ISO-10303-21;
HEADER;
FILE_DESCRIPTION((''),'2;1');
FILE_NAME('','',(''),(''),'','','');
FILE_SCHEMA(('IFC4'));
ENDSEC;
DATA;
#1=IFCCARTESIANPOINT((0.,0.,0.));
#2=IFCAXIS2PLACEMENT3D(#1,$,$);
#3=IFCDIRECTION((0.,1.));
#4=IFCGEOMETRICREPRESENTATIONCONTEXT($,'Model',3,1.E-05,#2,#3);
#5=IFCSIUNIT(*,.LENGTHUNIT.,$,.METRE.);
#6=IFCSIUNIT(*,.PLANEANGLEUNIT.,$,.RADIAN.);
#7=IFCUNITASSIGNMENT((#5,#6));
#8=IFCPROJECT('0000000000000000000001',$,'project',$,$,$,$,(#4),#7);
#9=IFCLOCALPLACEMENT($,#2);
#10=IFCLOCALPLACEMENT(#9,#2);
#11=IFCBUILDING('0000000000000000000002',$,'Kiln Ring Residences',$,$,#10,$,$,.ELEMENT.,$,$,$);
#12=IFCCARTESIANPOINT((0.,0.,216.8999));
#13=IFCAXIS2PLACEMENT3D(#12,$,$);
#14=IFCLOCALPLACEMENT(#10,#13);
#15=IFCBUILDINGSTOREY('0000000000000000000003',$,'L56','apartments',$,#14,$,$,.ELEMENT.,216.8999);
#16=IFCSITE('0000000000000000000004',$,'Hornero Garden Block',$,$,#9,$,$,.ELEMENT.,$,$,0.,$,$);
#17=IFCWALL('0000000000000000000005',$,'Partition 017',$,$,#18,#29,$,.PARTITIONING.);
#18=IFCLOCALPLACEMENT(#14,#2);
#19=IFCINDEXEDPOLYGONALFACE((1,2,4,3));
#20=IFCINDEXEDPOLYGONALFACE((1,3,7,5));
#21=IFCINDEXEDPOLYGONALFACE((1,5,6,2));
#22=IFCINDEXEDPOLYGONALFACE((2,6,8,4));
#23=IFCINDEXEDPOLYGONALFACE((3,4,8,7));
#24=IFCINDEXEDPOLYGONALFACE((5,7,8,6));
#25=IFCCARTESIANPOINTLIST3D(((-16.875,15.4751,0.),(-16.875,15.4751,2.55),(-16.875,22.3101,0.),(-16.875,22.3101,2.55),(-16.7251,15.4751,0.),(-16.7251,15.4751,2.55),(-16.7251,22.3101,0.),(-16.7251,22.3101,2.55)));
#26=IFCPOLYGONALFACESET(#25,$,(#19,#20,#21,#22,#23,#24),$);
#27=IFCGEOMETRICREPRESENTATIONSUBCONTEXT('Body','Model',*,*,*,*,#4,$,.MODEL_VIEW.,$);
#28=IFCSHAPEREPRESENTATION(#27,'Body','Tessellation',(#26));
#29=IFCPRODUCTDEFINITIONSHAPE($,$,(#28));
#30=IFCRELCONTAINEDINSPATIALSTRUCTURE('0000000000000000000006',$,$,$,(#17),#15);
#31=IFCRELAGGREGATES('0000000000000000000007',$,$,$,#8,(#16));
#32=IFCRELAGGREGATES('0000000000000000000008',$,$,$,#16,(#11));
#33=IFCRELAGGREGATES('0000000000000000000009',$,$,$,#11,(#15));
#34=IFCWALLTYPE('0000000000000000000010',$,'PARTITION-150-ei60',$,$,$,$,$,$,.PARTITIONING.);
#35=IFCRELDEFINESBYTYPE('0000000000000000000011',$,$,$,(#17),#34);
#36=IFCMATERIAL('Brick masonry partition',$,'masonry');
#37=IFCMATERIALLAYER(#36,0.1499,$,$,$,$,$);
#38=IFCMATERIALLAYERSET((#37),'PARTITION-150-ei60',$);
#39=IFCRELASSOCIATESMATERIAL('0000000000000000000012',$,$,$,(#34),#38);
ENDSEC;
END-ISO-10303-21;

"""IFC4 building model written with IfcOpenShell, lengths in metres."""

from ifc_helpers import new_model, si_unit, direction, frame, frame_2d, origin, place, context, subcontext, project, spatial, rectangle, extrude, material, layer, layer_set, type_object, element, save


model = new_model("IFC4")

# Units and contexts
model_context = context("Model", 3, precision=1e-05, world=origin(), true_north=direction((0.0, 1.0)))
body_context = subcontext(model_context, "Body", "Model", "MODEL_VIEW")
ifc_project = project(units=[si_unit("LENGTHUNIT", "METRE"), si_unit("PLANEANGLEUNIT", "RADIAN")], contexts=[model_context])

# Site, building, storey
site_placement = place(None, origin())
site = spatial("IfcSite", under=ifc_project, at=site_placement, Name="Hornero Garden Block", CompositionType="ELEMENT", RefElevation=0.0)
building_placement = place(site_placement, origin())
building = spatial("IfcBuilding", under=site, at=building_placement, Name="Kiln Ring Residences", CompositionType="ELEMENT")
storey_placement = place(building_placement, frame((0.0, 0.0, 216.8999)))
storey = spatial("IfcBuildingStorey", under=building, at=storey_placement, Name="L56", Description="apartments", CompositionType="ELEMENT", Elevation=216.8999)

# Wall
ifc_material_1 = material(Name="Brick masonry partition", Category="masonry")
ifc_layer_1 = layer(ifc_material_1, 0.1499)
ifc_layer_set_1 = layer_set([ifc_layer_1], Name="PARTITION-150-ei60")
wall_type_1 = type_object("IfcWallType", Name="PARTITION-150-ei60", PredefinedType="PARTITIONING", material=ifc_layer_set_1)
wall_1_placement = place(storey_placement, frame((-16.8, 15.4751, 0.0), z_axis=(0.0, 0.0, 1.0), x_axis=(0.0, 1.0, 0.0)))
element("IfcWall", 1, at=wall_1_placement, inside=storey, type_object=wall_type_1, Name="Partition 017", PredefinedType="PARTITIONING", context=body_context, shape_type="SweptSolid", body=[
    extrude(rectangle(XDim=6.835, YDim=0.1499, at=frame_2d((3.4175, 0.0))), origin(), (0.0, 0.0, 1.0), 2.55),
])

save(model, "model.ifc")
